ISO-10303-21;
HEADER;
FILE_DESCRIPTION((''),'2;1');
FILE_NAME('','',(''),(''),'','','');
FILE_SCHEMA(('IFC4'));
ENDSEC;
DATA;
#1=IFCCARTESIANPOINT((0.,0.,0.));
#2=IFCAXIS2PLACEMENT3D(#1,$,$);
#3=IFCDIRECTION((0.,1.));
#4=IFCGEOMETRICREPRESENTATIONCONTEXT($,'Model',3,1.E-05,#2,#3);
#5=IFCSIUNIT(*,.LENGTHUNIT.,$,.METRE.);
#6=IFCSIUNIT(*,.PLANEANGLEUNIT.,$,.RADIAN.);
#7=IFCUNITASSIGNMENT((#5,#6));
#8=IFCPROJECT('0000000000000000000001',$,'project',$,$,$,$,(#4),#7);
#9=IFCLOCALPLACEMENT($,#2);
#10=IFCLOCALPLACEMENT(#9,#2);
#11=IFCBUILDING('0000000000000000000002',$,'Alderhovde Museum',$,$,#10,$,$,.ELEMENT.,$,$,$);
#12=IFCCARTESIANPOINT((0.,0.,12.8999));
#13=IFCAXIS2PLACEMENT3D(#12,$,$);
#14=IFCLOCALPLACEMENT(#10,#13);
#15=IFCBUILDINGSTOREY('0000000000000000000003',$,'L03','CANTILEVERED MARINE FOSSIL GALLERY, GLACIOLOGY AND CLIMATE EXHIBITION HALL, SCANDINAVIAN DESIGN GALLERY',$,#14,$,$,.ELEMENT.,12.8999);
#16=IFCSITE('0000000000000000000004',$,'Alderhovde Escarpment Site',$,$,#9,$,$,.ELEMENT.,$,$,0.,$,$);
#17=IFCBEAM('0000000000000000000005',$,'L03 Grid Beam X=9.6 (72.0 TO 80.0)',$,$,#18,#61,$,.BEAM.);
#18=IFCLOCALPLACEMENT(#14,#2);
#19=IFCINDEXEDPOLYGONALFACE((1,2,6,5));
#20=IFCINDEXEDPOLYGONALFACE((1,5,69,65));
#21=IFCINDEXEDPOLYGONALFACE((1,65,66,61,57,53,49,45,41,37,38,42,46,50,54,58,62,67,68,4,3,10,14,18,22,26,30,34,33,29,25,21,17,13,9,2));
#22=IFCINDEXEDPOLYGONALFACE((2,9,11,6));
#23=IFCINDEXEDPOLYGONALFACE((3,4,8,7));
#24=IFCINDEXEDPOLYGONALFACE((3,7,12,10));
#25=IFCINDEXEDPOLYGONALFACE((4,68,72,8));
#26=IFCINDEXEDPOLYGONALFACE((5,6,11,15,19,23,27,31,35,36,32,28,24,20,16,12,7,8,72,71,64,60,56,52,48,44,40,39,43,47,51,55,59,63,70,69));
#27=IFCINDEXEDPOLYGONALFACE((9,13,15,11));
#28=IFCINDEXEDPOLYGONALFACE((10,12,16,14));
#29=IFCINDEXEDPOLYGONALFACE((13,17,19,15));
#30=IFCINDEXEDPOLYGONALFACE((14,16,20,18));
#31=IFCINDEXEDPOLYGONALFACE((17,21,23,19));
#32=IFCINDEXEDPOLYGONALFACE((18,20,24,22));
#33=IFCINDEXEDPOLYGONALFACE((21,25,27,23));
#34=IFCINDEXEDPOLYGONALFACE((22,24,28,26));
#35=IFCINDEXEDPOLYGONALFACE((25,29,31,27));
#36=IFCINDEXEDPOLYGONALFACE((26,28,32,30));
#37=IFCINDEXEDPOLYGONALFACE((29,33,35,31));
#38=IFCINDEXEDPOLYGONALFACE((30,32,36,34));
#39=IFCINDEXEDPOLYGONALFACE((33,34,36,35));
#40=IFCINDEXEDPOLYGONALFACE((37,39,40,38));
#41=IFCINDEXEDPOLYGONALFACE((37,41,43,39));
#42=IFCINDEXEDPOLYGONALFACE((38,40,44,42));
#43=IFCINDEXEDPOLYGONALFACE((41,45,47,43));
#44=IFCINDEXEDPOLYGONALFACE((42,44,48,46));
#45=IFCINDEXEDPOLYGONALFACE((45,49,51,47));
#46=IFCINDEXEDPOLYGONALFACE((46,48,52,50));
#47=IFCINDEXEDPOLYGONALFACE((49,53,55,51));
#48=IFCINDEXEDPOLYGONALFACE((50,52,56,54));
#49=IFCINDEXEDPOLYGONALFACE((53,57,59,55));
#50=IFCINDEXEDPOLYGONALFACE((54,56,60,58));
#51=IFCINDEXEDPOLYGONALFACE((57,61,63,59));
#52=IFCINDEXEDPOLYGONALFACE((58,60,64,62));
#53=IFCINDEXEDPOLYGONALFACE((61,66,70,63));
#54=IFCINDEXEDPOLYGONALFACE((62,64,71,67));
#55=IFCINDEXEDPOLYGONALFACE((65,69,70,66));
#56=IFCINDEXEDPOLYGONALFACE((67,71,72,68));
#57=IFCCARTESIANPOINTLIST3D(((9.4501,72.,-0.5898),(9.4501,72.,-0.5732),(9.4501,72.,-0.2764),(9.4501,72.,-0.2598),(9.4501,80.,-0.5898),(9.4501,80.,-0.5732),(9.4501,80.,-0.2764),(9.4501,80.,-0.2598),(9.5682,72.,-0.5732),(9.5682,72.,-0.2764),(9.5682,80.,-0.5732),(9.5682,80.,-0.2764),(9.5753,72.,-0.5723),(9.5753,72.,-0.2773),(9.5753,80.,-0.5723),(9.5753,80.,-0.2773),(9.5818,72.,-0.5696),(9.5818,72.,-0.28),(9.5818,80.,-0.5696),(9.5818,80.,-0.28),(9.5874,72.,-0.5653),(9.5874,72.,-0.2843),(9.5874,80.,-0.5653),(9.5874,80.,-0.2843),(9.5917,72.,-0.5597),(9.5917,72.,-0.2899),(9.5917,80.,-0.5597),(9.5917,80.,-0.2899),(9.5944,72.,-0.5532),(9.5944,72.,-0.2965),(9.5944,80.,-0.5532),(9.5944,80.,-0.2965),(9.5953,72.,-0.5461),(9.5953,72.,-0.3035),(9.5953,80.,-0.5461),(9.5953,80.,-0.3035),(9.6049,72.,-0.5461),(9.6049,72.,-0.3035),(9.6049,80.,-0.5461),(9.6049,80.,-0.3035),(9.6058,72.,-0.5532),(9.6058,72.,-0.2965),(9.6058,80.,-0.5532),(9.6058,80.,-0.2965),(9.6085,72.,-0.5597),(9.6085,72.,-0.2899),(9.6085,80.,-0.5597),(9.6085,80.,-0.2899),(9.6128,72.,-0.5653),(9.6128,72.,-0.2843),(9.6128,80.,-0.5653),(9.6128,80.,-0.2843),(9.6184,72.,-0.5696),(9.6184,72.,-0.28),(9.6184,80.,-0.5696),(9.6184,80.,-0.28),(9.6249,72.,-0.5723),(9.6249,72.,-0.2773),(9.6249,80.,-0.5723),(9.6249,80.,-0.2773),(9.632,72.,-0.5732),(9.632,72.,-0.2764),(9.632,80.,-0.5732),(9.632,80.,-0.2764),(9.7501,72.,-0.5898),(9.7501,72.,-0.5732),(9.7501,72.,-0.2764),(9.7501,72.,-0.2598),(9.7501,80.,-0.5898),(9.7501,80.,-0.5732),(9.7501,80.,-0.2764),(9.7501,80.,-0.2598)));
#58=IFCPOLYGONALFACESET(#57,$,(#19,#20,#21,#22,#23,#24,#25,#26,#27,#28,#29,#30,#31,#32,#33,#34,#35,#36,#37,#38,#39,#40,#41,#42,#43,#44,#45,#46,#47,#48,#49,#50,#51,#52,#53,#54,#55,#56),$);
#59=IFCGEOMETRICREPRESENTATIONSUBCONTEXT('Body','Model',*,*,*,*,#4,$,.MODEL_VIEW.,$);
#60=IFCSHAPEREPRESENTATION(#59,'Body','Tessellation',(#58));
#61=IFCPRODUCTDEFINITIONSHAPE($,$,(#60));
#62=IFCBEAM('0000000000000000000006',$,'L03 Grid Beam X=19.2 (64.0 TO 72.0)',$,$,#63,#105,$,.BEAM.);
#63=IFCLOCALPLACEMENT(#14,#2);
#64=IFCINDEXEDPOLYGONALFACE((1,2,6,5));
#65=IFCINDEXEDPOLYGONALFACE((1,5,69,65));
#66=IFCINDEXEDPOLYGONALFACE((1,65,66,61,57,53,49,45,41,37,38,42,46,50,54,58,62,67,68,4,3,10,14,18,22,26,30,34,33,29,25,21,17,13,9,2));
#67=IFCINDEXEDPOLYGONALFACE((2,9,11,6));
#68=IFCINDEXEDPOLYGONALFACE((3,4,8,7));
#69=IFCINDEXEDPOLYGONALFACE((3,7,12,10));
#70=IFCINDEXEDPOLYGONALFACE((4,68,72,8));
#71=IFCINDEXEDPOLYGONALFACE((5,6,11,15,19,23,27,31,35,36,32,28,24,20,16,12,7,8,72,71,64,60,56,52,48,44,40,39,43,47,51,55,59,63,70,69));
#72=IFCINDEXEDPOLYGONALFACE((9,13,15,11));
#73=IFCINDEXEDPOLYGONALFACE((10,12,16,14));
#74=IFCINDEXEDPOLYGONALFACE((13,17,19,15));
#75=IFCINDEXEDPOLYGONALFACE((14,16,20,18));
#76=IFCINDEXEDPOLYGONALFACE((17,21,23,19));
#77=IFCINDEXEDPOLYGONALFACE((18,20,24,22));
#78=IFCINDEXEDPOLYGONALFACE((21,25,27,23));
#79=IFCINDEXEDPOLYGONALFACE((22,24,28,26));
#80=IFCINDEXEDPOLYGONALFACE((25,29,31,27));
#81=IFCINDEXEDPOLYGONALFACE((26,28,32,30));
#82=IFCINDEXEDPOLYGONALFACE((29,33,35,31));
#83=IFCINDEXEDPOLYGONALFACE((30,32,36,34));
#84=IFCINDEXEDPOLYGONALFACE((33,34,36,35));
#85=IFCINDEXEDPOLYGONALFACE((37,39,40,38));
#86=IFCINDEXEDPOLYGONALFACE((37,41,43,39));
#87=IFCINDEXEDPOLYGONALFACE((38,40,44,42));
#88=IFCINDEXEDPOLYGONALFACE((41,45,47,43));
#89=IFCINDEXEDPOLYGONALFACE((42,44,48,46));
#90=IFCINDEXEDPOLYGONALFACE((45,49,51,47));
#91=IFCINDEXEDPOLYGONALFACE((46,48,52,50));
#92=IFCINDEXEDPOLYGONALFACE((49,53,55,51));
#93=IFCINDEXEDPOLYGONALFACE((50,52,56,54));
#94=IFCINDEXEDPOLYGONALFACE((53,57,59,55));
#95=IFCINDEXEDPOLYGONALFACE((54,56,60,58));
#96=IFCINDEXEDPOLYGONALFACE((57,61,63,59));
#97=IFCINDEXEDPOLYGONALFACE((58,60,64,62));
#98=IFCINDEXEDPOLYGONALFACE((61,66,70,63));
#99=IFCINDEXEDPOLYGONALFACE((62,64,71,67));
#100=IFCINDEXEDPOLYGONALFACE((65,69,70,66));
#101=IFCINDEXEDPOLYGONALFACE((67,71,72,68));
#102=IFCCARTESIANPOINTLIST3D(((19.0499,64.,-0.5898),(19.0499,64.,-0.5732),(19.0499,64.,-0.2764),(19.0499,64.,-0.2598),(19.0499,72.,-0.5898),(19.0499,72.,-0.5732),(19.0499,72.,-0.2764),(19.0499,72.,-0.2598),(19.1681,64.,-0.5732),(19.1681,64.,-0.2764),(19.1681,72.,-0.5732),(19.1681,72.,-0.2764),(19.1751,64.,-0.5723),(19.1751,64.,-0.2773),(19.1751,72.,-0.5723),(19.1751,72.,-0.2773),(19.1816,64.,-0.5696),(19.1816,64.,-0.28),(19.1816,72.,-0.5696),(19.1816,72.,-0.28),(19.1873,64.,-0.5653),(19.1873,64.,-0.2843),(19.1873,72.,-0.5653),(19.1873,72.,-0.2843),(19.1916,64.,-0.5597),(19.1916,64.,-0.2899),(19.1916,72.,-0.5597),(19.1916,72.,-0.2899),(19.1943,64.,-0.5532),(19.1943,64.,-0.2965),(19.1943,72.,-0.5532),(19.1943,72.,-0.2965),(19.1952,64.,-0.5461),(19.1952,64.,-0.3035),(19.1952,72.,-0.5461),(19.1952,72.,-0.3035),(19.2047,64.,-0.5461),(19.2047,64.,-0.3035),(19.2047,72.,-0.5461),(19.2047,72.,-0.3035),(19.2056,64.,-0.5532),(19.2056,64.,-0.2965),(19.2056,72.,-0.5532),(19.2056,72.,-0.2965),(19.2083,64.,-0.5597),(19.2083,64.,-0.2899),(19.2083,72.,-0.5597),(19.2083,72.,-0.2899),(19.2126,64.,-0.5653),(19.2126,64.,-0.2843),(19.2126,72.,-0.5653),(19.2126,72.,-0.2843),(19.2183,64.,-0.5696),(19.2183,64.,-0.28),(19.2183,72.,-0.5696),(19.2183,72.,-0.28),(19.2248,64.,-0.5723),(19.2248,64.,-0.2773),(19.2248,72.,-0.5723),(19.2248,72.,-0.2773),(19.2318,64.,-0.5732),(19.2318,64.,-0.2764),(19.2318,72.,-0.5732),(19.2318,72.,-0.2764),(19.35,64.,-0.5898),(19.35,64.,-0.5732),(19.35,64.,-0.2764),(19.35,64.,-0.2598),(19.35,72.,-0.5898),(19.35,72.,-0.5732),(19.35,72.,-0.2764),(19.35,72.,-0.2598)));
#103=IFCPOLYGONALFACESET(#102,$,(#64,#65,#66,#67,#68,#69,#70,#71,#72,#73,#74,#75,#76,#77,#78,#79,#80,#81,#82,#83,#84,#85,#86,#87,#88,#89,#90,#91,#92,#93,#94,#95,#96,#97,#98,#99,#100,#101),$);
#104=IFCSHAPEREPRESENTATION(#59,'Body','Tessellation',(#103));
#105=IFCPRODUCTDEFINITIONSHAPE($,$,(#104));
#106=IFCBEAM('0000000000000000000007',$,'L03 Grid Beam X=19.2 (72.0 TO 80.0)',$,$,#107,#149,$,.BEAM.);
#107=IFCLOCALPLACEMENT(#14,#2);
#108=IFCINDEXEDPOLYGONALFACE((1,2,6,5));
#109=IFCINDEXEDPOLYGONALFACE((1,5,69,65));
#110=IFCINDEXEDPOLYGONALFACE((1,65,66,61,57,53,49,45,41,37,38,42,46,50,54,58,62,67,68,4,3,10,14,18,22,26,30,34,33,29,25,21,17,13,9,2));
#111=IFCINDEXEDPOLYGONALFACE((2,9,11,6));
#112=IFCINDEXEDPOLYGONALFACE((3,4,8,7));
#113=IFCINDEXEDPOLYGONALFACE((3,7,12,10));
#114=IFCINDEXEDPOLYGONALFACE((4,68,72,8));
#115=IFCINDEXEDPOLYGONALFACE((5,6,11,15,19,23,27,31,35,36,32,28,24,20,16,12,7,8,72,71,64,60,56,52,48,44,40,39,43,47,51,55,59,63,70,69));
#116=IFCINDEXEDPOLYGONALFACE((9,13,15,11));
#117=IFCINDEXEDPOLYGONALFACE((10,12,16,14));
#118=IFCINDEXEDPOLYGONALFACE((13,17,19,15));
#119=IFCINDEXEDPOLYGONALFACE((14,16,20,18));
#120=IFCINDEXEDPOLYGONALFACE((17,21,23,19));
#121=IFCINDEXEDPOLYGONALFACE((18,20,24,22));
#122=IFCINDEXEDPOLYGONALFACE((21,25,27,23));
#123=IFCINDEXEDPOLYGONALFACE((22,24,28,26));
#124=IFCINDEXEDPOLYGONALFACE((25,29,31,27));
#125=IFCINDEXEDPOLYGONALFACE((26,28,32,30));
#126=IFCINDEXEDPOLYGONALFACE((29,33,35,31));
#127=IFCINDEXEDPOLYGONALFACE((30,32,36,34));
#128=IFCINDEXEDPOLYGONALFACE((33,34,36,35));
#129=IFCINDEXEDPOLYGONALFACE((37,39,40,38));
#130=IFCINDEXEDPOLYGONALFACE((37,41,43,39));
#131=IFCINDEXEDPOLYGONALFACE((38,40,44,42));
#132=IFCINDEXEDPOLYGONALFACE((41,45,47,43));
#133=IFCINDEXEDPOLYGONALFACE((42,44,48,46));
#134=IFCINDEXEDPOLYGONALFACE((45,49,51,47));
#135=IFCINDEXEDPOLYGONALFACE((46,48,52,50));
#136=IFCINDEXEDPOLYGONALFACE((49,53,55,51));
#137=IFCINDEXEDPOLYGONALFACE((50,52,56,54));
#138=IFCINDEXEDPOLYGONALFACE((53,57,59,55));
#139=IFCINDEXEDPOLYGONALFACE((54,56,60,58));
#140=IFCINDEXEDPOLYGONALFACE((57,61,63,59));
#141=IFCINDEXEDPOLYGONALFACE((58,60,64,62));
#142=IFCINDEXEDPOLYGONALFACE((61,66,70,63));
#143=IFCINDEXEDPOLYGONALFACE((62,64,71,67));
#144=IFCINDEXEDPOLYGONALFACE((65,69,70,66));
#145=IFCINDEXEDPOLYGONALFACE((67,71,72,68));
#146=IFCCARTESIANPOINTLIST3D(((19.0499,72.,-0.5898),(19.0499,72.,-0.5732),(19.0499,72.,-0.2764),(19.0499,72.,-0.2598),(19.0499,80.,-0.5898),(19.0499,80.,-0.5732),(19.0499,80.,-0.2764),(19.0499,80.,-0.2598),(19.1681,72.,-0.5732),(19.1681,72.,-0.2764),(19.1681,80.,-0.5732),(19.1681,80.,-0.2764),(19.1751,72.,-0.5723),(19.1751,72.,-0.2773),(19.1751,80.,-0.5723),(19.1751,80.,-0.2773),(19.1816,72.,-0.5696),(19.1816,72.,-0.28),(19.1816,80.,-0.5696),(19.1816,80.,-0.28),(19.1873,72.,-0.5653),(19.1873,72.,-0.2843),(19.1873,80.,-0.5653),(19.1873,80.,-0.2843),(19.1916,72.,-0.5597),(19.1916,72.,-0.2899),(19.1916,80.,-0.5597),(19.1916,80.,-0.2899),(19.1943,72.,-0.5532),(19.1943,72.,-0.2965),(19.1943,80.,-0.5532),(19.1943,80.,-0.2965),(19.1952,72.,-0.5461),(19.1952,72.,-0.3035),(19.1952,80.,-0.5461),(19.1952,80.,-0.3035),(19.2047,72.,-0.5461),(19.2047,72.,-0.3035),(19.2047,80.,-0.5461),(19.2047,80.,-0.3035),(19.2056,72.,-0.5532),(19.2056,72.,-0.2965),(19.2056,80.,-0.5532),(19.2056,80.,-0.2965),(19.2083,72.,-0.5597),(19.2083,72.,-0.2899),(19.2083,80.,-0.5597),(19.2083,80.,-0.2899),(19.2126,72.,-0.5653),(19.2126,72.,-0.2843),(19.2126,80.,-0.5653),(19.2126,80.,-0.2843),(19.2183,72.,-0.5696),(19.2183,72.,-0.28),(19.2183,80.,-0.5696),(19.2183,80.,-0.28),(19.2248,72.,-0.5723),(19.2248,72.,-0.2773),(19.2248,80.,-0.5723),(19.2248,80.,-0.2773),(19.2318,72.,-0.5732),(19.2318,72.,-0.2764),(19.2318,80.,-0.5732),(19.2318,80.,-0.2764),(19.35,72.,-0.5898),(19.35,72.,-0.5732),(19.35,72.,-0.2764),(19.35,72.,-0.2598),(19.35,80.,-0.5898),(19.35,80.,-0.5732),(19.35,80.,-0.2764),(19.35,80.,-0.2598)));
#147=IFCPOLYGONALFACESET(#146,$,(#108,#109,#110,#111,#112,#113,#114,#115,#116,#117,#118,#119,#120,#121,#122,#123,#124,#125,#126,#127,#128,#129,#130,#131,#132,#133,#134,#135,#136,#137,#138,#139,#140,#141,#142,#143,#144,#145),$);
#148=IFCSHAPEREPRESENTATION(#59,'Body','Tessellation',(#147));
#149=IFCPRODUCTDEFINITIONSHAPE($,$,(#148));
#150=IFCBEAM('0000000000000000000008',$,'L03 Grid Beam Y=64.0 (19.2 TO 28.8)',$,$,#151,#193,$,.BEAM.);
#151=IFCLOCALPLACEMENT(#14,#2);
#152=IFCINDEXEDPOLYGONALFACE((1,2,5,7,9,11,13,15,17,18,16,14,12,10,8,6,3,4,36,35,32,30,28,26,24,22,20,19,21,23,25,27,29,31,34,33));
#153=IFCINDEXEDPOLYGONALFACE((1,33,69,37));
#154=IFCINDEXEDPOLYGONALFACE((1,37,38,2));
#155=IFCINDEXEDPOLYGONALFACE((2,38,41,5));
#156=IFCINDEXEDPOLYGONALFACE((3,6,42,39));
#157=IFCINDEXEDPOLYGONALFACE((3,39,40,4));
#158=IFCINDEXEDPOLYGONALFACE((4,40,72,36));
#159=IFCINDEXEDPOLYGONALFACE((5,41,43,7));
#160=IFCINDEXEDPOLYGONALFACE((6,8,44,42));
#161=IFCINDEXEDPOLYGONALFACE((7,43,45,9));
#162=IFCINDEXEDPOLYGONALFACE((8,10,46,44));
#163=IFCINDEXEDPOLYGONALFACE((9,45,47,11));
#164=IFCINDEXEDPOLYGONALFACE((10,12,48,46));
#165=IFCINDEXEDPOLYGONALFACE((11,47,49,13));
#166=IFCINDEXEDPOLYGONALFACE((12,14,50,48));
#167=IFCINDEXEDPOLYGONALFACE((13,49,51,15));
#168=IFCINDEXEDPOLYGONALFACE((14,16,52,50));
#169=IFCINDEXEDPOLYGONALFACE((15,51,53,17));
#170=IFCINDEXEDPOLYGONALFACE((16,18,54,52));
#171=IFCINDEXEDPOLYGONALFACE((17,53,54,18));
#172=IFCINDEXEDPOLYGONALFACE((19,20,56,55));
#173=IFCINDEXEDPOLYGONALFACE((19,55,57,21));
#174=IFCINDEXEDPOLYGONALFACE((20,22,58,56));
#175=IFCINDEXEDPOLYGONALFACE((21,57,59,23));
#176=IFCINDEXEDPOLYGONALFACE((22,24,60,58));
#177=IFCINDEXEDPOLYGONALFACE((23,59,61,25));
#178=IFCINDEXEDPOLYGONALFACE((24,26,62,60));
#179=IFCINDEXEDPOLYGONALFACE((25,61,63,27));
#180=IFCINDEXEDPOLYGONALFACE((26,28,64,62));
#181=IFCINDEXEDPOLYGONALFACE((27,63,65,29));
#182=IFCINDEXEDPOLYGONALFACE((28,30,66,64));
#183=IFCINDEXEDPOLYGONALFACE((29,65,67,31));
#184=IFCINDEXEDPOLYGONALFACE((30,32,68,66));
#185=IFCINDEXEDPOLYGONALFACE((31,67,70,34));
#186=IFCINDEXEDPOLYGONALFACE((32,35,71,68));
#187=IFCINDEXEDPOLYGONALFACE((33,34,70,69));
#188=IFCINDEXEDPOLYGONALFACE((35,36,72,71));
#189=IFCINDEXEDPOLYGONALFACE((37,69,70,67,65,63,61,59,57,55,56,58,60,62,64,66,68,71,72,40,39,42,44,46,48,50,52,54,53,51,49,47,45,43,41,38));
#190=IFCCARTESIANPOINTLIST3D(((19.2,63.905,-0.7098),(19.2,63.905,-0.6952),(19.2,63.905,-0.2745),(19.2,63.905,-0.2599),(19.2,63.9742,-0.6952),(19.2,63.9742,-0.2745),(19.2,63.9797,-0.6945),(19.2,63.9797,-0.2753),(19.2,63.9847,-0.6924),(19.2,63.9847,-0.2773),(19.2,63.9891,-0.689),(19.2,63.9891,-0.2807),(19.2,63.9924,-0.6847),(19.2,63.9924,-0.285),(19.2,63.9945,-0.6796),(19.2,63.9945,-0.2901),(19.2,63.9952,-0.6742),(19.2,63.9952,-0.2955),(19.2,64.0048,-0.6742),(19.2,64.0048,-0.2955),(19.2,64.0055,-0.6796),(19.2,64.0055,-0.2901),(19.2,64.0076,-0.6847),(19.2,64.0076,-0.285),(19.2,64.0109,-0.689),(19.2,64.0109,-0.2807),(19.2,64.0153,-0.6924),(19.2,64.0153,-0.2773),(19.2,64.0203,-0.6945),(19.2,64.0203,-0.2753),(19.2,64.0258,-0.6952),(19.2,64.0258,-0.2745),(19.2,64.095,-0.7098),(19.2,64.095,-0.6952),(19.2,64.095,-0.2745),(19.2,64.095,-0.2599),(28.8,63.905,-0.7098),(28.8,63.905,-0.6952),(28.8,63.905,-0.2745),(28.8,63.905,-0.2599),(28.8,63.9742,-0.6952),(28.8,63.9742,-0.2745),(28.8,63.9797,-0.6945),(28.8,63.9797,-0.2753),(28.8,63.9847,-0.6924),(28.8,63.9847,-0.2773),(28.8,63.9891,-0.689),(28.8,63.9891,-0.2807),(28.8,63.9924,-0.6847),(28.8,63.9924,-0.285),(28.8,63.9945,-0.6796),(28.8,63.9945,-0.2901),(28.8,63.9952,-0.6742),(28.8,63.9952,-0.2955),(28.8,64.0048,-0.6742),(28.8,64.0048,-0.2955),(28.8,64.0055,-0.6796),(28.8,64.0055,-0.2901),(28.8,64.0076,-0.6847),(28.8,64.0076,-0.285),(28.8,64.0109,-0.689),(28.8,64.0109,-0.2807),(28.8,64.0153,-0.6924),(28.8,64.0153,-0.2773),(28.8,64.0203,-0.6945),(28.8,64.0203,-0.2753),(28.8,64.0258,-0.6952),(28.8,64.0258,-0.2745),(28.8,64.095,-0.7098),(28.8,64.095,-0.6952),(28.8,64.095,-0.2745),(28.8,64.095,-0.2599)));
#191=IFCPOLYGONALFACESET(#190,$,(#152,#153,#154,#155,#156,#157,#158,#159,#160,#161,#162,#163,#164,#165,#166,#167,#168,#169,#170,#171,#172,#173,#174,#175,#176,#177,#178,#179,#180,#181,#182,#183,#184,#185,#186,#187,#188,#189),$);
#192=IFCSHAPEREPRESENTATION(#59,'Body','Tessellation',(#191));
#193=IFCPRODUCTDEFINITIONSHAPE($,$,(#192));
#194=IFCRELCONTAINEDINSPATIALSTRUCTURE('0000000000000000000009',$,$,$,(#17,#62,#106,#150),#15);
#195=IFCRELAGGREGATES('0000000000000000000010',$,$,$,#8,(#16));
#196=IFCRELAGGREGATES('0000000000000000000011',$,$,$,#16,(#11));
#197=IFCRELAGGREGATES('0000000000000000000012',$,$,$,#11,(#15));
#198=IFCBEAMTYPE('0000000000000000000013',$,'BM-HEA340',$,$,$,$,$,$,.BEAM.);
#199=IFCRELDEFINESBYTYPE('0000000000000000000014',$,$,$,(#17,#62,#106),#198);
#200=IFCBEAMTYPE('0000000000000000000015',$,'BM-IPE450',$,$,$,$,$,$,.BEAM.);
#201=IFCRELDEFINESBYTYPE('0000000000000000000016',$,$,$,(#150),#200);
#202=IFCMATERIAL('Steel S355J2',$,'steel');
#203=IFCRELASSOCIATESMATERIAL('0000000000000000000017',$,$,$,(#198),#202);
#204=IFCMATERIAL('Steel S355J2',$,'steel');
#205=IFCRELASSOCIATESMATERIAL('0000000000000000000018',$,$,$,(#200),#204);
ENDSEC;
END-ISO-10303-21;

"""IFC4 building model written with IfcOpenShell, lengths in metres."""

from ifc_helpers import new_model, si_unit, direction, frame, origin, origin_2d, place, context, subcontext, project, spatial, i_section, extrude, material, material_profile, profile_set, type_object, element, save


model = new_model("IFC4")

# Units and contexts
model_context = context("Model", 3, precision=1e-05, world=origin(), true_north=direction((0.0, 1.0)))
body_context = subcontext(model_context, "Body", "Model", "MODEL_VIEW")
ifc_project = project(units=[si_unit("LENGTHUNIT", "METRE"), si_unit("PLANEANGLEUNIT", "RADIAN")], contexts=[model_context])

# Site, building, storey
site_placement = place(None, origin())
site = spatial("IfcSite", under=ifc_project, at=site_placement, Name="Alderhovde Escarpment Site", CompositionType="ELEMENT", RefElevation=0.0)
building_placement = place(site_placement, origin())
building = spatial("IfcBuilding", under=site, at=building_placement, Name="Alderhovde Museum", CompositionType="ELEMENT")
storey_placement = place(building_placement, frame((0.0, 0.0, 12.8999)))
storey = spatial("IfcBuildingStorey", under=building, at=storey_placement, Name="L03", Description="CANTILEVERED MARINE FOSSIL GALLERY, GLACIOLOGY AND CLIMATE EXHIBITION HALL, SCANDINAVIAN DESIGN GALLERY", CompositionType="ELEMENT", Elevation=12.8999)

# Beams
ifc_material_1 = material(Name="Steel S355J2", Category="steel")
ifc_material_profile_1 = material_profile(ifc_material_1, i_section(OverallWidth=0.3, OverallDepth=0.3301, WebThickness=0.0095, FlangeThickness=0.0166, FilletRadius=0.0271, at=origin_2d()), Name="HEA 340")
ifc_profile_set_1 = profile_set([ifc_material_profile_1], Name="Steel S355J2")
beam_type_1 = type_object("IfcBeamType", Name="BM-HEA340", PredefinedType="BEAM", material=ifc_profile_set_1)
for number, where, z_axis, x_axis, name in (
    (1, (9.6001, 72.0, -0.4248), (0.0, 1.0, 0.0), (-1.0, 0.0, 0.0), "L03 Grid Beam X=9.6 (72.0 TO 80.0)"),
    (2, (19.2, 64.0, -0.4248), (0.0, 1.0, 0.0), (-1.0, 0.0, 0.0), "L03 Grid Beam X=19.2 (64.0 TO 72.0)"),
    (3, (19.2, 72.0, -0.4248), (0.0, 1.0, 0.0), (-1.0, 0.0, 0.0), "L03 Grid Beam X=19.2 (72.0 TO 80.0)"),
):
    element("IfcBeam", number, at=place(storey_placement, frame(where, z_axis=z_axis, x_axis=x_axis)), inside=storey, type_object=beam_type_1, Name=name, PredefinedType="BEAM", context=body_context, shape_type="SweptSolid", body=[
        extrude(i_section(OverallWidth=0.3, OverallDepth=0.3301, WebThickness=0.0095, FlangeThickness=0.0166, FilletRadius=0.0271, at=origin_2d()), origin(), (0.0, 0.0, 1.0), 8.0),
    ])
ifc_material_2 = material(Name="Steel S355J2", Category="steel")
ifc_material_profile_2 = material_profile(ifc_material_2, i_section(OverallWidth=0.1899, OverallDepth=0.45, WebThickness=0.0095, FlangeThickness=0.0146, FilletRadius=0.021, at=origin_2d()), Name="IPE 450")
ifc_profile_set_2 = profile_set([ifc_material_profile_2], Name="Steel S355J2")
beam_type_2 = type_object("IfcBeamType", Name="BM-IPE450", PredefinedType="BEAM", material=ifc_profile_set_2)
beam_1_placement = place(storey_placement, frame((19.2, 64.0, -0.4849), z_axis=(1.0, 0.0, 0.0), x_axis=(0.0, 1.0, 0.0)))
element("IfcBeam", 4, at=beam_1_placement, inside=storey, type_object=beam_type_2, Name="L03 Grid Beam Y=64.0 (19.2 TO 28.8)", PredefinedType="BEAM", context=body_context, shape_type="SweptSolid", body=[
    extrude(i_section(OverallWidth=0.1899, OverallDepth=0.45, WebThickness=0.0095, FlangeThickness=0.0146, FilletRadius=0.021, at=origin_2d()), origin(), (0.0, 0.0, 1.0), 9.6001),
])

save(model, "model.ifc")
